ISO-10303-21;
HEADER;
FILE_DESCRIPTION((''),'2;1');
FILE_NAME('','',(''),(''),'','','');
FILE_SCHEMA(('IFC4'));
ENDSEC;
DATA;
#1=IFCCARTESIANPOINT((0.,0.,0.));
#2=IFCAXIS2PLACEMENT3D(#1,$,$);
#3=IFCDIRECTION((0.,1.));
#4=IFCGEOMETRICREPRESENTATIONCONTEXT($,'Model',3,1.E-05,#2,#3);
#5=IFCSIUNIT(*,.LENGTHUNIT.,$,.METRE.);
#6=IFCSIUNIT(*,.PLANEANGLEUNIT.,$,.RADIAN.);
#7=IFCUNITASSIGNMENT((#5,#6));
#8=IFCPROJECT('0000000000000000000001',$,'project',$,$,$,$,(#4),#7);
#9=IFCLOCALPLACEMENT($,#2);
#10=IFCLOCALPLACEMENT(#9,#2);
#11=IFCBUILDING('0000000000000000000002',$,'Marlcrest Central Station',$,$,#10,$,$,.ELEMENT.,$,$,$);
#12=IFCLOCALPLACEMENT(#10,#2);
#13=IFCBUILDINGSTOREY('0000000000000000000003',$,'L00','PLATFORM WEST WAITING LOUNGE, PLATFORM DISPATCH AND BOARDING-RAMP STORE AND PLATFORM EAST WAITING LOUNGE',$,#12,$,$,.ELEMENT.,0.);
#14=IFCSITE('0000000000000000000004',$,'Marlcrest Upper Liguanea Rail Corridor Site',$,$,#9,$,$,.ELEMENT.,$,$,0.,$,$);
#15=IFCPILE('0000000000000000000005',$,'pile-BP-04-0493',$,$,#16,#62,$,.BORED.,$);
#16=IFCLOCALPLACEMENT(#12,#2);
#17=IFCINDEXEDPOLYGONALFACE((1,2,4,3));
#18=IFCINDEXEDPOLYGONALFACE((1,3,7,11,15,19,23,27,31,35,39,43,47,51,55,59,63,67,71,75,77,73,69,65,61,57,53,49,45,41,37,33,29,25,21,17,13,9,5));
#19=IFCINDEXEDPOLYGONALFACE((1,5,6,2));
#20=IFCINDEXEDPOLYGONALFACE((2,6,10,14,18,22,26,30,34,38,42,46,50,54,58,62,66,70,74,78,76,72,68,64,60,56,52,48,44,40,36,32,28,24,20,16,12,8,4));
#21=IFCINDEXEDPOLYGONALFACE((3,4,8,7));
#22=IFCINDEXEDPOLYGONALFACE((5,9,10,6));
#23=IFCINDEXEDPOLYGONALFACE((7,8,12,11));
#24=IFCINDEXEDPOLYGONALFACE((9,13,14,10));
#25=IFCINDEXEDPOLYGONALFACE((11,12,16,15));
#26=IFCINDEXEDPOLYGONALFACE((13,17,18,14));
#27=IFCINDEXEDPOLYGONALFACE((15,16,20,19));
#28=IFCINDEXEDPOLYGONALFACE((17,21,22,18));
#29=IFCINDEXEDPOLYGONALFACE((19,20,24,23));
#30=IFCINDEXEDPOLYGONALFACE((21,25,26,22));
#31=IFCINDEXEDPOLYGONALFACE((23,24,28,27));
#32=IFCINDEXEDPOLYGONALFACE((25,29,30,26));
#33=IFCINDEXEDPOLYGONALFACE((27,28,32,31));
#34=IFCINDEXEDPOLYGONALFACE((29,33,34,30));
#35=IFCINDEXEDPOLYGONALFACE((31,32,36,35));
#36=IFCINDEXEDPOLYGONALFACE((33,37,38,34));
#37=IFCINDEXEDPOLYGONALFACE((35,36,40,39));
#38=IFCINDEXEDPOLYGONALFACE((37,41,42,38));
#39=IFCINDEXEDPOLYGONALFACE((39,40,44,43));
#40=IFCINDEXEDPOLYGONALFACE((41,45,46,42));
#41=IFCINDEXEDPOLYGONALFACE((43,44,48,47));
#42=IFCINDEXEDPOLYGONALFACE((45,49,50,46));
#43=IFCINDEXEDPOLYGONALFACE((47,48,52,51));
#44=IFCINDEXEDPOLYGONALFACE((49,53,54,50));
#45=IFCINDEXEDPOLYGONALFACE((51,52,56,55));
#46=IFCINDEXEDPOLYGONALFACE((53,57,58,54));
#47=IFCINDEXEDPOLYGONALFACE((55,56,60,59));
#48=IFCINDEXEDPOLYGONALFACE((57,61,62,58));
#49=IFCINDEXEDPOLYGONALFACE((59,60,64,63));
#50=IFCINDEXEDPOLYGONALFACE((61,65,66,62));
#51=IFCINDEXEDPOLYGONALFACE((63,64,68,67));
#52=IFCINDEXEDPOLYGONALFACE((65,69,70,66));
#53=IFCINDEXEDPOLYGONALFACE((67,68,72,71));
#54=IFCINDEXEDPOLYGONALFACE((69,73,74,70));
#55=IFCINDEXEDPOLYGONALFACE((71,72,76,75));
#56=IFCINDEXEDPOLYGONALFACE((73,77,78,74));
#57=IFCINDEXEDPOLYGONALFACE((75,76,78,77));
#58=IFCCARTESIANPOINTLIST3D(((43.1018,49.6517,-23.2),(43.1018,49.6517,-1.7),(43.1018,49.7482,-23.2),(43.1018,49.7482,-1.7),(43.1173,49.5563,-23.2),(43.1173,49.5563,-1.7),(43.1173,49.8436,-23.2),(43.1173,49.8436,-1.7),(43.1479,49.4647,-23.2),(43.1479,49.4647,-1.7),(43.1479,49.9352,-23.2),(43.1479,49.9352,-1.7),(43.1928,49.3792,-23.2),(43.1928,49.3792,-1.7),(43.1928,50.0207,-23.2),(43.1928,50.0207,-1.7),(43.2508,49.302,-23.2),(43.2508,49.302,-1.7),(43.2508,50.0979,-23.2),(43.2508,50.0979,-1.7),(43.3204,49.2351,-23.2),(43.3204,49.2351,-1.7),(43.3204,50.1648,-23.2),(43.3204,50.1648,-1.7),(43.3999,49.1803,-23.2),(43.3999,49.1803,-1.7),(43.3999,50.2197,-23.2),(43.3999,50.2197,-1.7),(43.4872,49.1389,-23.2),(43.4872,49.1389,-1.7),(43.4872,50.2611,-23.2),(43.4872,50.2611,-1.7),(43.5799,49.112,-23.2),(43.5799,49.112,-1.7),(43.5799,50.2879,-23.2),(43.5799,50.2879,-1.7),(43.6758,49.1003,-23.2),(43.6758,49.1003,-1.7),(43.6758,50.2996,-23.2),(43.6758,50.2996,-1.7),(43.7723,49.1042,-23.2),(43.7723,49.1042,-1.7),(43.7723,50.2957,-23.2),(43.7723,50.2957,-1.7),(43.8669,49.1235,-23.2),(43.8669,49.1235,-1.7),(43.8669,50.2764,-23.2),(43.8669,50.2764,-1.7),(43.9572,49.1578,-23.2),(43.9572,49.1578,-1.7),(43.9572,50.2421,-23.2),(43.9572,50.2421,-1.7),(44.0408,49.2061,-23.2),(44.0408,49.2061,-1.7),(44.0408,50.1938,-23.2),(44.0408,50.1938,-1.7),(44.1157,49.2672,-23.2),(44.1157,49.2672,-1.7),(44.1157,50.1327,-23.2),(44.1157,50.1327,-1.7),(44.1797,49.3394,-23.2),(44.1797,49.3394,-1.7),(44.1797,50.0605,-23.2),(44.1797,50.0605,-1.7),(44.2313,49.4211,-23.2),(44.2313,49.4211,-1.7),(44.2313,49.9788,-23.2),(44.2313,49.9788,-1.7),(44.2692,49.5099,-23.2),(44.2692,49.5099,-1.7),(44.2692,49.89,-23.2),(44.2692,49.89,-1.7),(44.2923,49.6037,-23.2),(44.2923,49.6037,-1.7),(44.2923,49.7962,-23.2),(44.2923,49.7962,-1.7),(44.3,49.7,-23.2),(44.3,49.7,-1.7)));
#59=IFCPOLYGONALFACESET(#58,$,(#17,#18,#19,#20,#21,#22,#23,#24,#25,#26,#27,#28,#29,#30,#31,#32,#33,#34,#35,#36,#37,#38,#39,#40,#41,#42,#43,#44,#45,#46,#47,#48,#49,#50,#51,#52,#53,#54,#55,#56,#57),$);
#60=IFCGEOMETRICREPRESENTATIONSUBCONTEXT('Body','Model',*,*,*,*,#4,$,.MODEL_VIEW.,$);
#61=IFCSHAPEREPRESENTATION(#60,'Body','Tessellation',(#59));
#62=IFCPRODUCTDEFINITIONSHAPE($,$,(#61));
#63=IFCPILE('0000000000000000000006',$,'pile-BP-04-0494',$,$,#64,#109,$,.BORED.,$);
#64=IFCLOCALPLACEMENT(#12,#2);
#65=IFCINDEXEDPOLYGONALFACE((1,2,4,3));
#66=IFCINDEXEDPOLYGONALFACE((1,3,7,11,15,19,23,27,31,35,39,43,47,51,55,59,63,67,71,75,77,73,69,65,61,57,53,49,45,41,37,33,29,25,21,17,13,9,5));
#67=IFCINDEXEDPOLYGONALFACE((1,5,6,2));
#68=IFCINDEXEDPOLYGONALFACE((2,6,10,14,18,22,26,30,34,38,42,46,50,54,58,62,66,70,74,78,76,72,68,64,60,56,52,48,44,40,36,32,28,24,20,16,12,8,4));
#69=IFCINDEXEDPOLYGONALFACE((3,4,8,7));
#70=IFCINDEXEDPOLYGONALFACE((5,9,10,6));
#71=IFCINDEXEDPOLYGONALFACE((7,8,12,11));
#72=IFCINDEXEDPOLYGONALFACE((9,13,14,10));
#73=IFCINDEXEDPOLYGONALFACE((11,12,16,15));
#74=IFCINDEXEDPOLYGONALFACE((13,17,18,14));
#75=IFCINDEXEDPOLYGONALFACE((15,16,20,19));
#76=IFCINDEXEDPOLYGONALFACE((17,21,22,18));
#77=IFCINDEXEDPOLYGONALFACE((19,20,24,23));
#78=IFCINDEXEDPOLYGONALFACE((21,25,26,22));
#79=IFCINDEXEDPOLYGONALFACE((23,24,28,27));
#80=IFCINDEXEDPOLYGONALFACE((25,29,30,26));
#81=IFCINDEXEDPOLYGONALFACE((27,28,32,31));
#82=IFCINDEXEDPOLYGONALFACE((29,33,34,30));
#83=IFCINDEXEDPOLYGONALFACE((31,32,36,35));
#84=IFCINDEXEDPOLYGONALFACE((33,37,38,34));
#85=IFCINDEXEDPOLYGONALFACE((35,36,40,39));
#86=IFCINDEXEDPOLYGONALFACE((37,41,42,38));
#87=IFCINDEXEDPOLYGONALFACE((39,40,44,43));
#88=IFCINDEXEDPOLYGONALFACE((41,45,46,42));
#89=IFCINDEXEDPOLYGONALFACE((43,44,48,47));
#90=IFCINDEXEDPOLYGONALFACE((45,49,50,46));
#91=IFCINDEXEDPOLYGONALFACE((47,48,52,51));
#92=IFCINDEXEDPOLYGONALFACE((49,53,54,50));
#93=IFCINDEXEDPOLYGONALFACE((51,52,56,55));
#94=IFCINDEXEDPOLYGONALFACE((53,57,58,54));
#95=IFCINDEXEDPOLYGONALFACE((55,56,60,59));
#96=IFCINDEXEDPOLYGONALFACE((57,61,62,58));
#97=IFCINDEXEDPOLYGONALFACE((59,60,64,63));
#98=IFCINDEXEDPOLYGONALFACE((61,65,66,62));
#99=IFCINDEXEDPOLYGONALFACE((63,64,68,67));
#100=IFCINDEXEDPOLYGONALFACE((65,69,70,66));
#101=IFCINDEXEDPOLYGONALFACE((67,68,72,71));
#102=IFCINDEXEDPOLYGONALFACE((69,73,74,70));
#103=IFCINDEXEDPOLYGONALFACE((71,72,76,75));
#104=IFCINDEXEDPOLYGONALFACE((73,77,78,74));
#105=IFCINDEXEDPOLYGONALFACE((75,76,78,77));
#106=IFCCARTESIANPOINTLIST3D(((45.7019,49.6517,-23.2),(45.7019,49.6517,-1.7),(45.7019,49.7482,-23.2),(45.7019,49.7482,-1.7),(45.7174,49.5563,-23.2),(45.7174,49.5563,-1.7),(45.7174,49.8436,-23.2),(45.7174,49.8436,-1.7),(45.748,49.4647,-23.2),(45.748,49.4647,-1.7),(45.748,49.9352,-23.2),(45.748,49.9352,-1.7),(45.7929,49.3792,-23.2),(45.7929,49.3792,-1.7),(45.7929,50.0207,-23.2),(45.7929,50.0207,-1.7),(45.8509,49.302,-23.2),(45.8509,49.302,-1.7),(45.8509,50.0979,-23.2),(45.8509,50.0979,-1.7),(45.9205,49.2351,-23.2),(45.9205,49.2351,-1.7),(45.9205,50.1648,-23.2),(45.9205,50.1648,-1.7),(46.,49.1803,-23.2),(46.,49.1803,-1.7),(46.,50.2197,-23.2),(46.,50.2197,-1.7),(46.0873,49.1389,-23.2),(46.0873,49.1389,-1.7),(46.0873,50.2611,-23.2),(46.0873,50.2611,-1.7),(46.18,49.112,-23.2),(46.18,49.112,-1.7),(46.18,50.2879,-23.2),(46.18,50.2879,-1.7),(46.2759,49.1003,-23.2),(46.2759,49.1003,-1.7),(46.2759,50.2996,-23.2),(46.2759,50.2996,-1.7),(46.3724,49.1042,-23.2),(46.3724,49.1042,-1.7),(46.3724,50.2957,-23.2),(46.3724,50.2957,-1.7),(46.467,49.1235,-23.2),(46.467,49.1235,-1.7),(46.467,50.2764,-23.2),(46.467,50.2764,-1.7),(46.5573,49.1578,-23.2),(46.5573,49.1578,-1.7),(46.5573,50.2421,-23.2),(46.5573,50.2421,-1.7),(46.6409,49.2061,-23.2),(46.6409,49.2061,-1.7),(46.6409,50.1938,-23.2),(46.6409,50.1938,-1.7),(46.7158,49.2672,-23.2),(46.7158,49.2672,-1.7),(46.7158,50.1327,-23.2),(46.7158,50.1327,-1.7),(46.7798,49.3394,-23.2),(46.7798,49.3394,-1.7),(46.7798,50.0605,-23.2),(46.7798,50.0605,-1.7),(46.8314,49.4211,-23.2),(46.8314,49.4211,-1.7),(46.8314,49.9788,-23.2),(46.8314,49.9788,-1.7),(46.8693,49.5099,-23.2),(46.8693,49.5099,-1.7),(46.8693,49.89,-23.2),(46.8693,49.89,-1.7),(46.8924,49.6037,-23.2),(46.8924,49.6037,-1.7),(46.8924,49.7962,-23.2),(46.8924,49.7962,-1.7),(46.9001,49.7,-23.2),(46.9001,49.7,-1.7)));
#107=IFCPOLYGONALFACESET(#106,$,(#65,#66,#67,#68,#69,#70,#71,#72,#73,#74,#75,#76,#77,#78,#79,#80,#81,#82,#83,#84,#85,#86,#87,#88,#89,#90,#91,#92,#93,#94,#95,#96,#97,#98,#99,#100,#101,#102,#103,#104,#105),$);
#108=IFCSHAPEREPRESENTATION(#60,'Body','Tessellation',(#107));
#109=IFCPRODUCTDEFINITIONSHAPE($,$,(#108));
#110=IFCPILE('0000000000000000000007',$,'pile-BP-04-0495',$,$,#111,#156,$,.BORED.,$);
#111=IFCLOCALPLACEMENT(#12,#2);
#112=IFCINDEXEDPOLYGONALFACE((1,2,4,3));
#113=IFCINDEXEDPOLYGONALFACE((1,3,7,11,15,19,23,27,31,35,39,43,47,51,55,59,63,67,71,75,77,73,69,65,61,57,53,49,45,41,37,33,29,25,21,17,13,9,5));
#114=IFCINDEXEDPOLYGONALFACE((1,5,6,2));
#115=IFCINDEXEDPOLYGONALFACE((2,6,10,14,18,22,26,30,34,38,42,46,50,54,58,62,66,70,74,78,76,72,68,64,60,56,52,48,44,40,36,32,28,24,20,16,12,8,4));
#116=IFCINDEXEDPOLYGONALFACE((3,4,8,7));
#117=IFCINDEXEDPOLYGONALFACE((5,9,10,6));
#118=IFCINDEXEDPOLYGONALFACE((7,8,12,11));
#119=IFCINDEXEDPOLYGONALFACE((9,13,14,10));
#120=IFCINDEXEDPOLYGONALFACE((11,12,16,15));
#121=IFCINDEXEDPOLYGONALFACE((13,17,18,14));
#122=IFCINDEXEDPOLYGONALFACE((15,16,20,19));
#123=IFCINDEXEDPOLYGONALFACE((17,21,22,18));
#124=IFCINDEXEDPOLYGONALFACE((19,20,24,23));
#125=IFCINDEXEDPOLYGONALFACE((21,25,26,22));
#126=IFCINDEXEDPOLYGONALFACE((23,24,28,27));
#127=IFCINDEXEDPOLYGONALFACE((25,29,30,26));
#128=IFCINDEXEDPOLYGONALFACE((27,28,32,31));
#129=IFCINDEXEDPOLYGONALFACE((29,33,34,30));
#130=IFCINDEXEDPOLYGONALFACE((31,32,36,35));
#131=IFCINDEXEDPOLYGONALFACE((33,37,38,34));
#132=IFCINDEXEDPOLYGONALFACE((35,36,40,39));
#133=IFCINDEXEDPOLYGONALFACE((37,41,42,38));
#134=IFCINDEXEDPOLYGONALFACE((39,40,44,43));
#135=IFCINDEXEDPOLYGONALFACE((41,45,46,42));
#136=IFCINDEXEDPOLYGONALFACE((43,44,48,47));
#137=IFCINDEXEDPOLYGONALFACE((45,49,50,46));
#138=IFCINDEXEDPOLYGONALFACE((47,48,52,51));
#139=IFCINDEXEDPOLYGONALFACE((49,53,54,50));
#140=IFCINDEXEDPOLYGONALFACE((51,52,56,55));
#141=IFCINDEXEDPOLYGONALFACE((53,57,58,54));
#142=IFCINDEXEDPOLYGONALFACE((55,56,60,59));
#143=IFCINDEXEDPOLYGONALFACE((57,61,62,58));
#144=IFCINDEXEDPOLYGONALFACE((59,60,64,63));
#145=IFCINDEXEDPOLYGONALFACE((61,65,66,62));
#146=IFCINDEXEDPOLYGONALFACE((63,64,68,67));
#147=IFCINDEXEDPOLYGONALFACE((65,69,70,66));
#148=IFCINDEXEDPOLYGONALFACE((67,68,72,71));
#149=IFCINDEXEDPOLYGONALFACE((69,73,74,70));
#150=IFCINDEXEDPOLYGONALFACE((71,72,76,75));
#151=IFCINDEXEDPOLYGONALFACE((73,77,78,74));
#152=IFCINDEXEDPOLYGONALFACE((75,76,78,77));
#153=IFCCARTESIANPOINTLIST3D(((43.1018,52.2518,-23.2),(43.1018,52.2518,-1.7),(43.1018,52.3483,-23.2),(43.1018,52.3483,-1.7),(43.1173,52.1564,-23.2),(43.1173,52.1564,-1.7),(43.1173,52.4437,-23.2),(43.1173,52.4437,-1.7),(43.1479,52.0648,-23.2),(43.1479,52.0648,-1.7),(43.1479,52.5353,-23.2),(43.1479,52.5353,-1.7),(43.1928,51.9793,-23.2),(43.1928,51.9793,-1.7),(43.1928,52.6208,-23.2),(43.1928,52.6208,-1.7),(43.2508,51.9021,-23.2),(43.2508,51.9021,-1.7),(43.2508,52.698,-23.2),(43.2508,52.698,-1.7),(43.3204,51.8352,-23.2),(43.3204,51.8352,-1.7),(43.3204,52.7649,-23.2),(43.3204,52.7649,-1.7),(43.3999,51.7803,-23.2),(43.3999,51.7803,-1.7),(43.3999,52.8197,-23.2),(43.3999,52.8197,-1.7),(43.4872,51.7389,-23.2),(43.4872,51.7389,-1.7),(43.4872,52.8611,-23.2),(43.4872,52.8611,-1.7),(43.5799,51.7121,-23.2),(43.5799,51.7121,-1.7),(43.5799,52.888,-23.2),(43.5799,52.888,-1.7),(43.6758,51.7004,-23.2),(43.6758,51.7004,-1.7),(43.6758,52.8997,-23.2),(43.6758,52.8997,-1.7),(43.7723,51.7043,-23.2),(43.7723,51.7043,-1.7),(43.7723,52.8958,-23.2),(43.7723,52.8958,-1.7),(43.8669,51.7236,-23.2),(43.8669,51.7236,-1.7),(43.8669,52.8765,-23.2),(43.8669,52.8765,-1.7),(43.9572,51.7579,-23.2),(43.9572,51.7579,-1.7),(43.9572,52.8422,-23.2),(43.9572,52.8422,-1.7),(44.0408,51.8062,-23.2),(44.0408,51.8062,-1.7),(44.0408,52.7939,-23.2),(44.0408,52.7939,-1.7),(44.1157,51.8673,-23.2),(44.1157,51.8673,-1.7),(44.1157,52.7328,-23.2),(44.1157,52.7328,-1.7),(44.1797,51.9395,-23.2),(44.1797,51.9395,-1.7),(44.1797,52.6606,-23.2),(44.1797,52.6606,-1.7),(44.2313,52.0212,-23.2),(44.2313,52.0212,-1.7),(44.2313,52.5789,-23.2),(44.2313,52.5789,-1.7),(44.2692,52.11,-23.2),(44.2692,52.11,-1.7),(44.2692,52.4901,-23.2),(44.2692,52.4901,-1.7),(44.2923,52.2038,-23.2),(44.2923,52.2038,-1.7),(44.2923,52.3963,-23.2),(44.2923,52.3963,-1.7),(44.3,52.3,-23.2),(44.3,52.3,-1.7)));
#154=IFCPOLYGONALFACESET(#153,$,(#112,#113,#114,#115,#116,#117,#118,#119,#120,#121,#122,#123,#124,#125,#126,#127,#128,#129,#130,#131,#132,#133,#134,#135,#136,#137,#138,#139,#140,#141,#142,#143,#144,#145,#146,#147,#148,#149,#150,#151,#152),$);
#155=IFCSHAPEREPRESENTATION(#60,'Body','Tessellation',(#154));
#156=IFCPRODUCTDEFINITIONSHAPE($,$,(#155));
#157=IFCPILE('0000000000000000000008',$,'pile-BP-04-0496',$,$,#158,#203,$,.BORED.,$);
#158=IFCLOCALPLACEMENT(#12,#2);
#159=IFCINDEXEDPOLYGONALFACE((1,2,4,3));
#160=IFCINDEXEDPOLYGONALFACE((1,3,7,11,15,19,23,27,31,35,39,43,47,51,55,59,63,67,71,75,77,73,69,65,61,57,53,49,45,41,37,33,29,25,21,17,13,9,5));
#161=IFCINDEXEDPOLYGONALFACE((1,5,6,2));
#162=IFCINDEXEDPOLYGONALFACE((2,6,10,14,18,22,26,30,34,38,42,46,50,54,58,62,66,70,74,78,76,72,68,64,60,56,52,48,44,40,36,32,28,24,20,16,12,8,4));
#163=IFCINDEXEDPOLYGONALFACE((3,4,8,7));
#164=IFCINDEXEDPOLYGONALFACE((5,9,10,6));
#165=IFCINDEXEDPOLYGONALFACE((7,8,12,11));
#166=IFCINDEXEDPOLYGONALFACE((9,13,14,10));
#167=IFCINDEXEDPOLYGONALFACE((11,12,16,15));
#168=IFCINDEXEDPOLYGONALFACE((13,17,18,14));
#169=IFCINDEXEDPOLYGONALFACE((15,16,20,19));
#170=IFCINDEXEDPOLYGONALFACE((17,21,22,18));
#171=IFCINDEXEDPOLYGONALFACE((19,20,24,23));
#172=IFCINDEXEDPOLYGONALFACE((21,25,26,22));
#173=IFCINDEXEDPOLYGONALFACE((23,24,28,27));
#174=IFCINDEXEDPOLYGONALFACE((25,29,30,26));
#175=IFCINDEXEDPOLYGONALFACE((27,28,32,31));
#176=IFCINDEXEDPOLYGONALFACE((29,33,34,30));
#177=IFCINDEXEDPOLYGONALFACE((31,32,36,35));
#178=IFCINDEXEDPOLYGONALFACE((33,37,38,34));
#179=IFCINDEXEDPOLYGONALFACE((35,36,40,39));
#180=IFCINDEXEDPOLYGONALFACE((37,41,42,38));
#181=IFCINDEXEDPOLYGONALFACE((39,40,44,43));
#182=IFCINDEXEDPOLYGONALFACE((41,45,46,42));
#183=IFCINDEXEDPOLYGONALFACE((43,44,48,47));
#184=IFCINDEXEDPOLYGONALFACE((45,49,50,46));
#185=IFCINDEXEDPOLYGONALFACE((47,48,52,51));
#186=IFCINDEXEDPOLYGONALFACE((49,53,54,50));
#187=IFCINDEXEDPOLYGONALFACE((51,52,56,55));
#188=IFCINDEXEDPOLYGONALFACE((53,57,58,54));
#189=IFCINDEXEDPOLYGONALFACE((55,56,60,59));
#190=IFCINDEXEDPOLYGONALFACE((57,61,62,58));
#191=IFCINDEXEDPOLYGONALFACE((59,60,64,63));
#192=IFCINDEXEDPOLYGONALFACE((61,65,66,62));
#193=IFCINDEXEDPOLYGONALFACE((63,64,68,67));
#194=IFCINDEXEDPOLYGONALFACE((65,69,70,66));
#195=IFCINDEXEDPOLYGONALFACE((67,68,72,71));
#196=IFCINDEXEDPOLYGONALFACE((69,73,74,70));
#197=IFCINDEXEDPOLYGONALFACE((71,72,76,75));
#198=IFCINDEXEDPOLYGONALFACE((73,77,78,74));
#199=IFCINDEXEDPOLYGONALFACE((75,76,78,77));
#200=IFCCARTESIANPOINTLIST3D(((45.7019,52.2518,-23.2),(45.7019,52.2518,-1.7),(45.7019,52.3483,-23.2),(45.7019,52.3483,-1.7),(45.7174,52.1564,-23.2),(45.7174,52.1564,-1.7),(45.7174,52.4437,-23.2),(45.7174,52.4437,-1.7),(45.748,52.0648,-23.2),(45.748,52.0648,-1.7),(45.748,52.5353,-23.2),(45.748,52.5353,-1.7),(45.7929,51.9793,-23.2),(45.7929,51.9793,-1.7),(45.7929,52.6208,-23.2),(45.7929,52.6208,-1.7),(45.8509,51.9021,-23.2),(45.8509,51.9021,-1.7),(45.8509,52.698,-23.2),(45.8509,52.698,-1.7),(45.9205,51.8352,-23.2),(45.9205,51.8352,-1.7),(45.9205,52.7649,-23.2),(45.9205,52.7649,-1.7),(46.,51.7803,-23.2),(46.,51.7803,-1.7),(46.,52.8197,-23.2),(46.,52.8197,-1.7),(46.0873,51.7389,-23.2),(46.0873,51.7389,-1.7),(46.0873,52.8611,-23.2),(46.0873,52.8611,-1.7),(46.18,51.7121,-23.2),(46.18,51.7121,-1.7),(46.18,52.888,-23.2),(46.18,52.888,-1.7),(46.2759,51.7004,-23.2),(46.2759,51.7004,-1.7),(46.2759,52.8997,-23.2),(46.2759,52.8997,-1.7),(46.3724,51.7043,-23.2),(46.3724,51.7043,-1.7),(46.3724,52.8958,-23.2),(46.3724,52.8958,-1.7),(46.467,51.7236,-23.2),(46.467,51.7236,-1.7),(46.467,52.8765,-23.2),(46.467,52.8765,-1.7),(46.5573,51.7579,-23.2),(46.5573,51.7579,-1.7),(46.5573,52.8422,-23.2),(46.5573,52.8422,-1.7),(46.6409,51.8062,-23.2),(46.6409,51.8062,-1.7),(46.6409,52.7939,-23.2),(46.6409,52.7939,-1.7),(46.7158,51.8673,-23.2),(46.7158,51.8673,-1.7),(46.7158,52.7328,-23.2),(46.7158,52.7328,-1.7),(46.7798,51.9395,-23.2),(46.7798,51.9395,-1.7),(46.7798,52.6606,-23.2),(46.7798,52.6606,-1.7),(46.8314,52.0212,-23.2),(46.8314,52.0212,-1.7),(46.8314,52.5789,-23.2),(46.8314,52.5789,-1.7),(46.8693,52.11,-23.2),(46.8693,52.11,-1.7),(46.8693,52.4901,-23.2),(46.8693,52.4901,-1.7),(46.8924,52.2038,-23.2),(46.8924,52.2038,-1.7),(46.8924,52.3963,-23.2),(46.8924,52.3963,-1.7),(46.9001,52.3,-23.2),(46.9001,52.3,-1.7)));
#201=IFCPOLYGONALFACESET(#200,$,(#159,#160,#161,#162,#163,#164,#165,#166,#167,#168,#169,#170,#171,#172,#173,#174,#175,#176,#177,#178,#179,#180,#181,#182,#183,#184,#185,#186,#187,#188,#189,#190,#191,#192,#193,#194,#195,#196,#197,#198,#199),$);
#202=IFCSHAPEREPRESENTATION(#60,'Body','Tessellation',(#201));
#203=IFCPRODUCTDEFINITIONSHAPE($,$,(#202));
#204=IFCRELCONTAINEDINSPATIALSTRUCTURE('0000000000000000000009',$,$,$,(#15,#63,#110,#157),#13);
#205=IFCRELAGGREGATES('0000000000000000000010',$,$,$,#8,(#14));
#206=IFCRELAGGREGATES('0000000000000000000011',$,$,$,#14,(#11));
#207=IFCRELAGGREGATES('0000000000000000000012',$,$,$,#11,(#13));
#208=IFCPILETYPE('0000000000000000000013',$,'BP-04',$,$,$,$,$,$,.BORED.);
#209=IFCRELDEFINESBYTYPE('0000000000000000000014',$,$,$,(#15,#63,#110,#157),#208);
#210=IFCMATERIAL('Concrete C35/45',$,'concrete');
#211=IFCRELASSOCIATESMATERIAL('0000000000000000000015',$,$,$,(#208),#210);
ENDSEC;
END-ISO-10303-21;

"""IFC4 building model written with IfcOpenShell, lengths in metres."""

from ifc_helpers import new_model, si_unit, direction, frame, origin, origin_2d, place, context, subcontext, project, spatial, circle, extrude, material, material_profile, profile_set, type_object, element, save


model = new_model("IFC4")

# Units and contexts
model_context = context("Model", 3, precision=1e-05, world=origin(), true_north=direction((0.0, 1.0)))
body_context = subcontext(model_context, "Body", "Model", "MODEL_VIEW")
ifc_project = project(units=[si_unit("LENGTHUNIT", "METRE"), si_unit("PLANEANGLEUNIT", "RADIAN")], contexts=[model_context])

# Site, building, storey
site_placement = place(None, origin())
site = spatial("IfcSite", under=ifc_project, at=site_placement, Name="Marlcrest Upper Liguanea Rail Corridor Site", CompositionType="ELEMENT", RefElevation=0.0)
building_placement = place(site_placement, origin())
building = spatial("IfcBuilding", under=site, at=building_placement, Name="Marlcrest Central Station", CompositionType="ELEMENT")
storey_placement = place(building_placement, origin())
storey = spatial("IfcBuildingStorey", under=building, at=storey_placement, Name="L00", Description="PLATFORM WEST WAITING LOUNGE, PLATFORM DISPATCH AND BOARDING-RAMP STORE AND PLATFORM EAST WAITING LOUNGE", CompositionType="ELEMENT", Elevation=0.0)

# Piles
ifc_material_1 = material(Name="Concrete C35/45", Category="concrete")
ifc_material_profile_1 = material_profile(ifc_material_1, circle(Radius=0.6001, at=origin_2d()), Name="PILE D1200")
ifc_profile_set_1 = profile_set([ifc_material_profile_1], Name="Concrete C35/45")
pile_type = type_object("IfcPileType", Name="BP-04", PredefinedType="BORED", material=ifc_profile_set_1)
for number, where, z_axis, x_axis, name in (
    (1, (43.7, 49.7, -1.7), (0.0, 0.0, -1.0), (1.0, 0.0, 0.0), "pile-BP-04-0493"),
    (2, (46.3, 49.7, -1.7), (0.0, 0.0, -1.0), (1.0, 0.0, 0.0), "pile-BP-04-0494"),
    (3, (43.7, 52.3, -1.7), (0.0, 0.0, -1.0), (1.0, 0.0, 0.0), "pile-BP-04-0495"),
    (4, (46.3, 52.3, -1.7), (0.0, 0.0, -1.0), (1.0, 0.0, 0.0), "pile-BP-04-0496"),
):
    element("IfcPile", number, at=place(storey_placement, frame(where, z_axis=z_axis, x_axis=x_axis)), inside=storey, type_object=pile_type, Name=name, PredefinedType="BORED", context=body_context, shape_type="SweptSolid", body=[
        extrude(circle(Radius=0.6001, at=origin_2d()), origin(), (0.0, 0.0, 1.0), 21.5),
    ])

save(model, "model.ifc")
